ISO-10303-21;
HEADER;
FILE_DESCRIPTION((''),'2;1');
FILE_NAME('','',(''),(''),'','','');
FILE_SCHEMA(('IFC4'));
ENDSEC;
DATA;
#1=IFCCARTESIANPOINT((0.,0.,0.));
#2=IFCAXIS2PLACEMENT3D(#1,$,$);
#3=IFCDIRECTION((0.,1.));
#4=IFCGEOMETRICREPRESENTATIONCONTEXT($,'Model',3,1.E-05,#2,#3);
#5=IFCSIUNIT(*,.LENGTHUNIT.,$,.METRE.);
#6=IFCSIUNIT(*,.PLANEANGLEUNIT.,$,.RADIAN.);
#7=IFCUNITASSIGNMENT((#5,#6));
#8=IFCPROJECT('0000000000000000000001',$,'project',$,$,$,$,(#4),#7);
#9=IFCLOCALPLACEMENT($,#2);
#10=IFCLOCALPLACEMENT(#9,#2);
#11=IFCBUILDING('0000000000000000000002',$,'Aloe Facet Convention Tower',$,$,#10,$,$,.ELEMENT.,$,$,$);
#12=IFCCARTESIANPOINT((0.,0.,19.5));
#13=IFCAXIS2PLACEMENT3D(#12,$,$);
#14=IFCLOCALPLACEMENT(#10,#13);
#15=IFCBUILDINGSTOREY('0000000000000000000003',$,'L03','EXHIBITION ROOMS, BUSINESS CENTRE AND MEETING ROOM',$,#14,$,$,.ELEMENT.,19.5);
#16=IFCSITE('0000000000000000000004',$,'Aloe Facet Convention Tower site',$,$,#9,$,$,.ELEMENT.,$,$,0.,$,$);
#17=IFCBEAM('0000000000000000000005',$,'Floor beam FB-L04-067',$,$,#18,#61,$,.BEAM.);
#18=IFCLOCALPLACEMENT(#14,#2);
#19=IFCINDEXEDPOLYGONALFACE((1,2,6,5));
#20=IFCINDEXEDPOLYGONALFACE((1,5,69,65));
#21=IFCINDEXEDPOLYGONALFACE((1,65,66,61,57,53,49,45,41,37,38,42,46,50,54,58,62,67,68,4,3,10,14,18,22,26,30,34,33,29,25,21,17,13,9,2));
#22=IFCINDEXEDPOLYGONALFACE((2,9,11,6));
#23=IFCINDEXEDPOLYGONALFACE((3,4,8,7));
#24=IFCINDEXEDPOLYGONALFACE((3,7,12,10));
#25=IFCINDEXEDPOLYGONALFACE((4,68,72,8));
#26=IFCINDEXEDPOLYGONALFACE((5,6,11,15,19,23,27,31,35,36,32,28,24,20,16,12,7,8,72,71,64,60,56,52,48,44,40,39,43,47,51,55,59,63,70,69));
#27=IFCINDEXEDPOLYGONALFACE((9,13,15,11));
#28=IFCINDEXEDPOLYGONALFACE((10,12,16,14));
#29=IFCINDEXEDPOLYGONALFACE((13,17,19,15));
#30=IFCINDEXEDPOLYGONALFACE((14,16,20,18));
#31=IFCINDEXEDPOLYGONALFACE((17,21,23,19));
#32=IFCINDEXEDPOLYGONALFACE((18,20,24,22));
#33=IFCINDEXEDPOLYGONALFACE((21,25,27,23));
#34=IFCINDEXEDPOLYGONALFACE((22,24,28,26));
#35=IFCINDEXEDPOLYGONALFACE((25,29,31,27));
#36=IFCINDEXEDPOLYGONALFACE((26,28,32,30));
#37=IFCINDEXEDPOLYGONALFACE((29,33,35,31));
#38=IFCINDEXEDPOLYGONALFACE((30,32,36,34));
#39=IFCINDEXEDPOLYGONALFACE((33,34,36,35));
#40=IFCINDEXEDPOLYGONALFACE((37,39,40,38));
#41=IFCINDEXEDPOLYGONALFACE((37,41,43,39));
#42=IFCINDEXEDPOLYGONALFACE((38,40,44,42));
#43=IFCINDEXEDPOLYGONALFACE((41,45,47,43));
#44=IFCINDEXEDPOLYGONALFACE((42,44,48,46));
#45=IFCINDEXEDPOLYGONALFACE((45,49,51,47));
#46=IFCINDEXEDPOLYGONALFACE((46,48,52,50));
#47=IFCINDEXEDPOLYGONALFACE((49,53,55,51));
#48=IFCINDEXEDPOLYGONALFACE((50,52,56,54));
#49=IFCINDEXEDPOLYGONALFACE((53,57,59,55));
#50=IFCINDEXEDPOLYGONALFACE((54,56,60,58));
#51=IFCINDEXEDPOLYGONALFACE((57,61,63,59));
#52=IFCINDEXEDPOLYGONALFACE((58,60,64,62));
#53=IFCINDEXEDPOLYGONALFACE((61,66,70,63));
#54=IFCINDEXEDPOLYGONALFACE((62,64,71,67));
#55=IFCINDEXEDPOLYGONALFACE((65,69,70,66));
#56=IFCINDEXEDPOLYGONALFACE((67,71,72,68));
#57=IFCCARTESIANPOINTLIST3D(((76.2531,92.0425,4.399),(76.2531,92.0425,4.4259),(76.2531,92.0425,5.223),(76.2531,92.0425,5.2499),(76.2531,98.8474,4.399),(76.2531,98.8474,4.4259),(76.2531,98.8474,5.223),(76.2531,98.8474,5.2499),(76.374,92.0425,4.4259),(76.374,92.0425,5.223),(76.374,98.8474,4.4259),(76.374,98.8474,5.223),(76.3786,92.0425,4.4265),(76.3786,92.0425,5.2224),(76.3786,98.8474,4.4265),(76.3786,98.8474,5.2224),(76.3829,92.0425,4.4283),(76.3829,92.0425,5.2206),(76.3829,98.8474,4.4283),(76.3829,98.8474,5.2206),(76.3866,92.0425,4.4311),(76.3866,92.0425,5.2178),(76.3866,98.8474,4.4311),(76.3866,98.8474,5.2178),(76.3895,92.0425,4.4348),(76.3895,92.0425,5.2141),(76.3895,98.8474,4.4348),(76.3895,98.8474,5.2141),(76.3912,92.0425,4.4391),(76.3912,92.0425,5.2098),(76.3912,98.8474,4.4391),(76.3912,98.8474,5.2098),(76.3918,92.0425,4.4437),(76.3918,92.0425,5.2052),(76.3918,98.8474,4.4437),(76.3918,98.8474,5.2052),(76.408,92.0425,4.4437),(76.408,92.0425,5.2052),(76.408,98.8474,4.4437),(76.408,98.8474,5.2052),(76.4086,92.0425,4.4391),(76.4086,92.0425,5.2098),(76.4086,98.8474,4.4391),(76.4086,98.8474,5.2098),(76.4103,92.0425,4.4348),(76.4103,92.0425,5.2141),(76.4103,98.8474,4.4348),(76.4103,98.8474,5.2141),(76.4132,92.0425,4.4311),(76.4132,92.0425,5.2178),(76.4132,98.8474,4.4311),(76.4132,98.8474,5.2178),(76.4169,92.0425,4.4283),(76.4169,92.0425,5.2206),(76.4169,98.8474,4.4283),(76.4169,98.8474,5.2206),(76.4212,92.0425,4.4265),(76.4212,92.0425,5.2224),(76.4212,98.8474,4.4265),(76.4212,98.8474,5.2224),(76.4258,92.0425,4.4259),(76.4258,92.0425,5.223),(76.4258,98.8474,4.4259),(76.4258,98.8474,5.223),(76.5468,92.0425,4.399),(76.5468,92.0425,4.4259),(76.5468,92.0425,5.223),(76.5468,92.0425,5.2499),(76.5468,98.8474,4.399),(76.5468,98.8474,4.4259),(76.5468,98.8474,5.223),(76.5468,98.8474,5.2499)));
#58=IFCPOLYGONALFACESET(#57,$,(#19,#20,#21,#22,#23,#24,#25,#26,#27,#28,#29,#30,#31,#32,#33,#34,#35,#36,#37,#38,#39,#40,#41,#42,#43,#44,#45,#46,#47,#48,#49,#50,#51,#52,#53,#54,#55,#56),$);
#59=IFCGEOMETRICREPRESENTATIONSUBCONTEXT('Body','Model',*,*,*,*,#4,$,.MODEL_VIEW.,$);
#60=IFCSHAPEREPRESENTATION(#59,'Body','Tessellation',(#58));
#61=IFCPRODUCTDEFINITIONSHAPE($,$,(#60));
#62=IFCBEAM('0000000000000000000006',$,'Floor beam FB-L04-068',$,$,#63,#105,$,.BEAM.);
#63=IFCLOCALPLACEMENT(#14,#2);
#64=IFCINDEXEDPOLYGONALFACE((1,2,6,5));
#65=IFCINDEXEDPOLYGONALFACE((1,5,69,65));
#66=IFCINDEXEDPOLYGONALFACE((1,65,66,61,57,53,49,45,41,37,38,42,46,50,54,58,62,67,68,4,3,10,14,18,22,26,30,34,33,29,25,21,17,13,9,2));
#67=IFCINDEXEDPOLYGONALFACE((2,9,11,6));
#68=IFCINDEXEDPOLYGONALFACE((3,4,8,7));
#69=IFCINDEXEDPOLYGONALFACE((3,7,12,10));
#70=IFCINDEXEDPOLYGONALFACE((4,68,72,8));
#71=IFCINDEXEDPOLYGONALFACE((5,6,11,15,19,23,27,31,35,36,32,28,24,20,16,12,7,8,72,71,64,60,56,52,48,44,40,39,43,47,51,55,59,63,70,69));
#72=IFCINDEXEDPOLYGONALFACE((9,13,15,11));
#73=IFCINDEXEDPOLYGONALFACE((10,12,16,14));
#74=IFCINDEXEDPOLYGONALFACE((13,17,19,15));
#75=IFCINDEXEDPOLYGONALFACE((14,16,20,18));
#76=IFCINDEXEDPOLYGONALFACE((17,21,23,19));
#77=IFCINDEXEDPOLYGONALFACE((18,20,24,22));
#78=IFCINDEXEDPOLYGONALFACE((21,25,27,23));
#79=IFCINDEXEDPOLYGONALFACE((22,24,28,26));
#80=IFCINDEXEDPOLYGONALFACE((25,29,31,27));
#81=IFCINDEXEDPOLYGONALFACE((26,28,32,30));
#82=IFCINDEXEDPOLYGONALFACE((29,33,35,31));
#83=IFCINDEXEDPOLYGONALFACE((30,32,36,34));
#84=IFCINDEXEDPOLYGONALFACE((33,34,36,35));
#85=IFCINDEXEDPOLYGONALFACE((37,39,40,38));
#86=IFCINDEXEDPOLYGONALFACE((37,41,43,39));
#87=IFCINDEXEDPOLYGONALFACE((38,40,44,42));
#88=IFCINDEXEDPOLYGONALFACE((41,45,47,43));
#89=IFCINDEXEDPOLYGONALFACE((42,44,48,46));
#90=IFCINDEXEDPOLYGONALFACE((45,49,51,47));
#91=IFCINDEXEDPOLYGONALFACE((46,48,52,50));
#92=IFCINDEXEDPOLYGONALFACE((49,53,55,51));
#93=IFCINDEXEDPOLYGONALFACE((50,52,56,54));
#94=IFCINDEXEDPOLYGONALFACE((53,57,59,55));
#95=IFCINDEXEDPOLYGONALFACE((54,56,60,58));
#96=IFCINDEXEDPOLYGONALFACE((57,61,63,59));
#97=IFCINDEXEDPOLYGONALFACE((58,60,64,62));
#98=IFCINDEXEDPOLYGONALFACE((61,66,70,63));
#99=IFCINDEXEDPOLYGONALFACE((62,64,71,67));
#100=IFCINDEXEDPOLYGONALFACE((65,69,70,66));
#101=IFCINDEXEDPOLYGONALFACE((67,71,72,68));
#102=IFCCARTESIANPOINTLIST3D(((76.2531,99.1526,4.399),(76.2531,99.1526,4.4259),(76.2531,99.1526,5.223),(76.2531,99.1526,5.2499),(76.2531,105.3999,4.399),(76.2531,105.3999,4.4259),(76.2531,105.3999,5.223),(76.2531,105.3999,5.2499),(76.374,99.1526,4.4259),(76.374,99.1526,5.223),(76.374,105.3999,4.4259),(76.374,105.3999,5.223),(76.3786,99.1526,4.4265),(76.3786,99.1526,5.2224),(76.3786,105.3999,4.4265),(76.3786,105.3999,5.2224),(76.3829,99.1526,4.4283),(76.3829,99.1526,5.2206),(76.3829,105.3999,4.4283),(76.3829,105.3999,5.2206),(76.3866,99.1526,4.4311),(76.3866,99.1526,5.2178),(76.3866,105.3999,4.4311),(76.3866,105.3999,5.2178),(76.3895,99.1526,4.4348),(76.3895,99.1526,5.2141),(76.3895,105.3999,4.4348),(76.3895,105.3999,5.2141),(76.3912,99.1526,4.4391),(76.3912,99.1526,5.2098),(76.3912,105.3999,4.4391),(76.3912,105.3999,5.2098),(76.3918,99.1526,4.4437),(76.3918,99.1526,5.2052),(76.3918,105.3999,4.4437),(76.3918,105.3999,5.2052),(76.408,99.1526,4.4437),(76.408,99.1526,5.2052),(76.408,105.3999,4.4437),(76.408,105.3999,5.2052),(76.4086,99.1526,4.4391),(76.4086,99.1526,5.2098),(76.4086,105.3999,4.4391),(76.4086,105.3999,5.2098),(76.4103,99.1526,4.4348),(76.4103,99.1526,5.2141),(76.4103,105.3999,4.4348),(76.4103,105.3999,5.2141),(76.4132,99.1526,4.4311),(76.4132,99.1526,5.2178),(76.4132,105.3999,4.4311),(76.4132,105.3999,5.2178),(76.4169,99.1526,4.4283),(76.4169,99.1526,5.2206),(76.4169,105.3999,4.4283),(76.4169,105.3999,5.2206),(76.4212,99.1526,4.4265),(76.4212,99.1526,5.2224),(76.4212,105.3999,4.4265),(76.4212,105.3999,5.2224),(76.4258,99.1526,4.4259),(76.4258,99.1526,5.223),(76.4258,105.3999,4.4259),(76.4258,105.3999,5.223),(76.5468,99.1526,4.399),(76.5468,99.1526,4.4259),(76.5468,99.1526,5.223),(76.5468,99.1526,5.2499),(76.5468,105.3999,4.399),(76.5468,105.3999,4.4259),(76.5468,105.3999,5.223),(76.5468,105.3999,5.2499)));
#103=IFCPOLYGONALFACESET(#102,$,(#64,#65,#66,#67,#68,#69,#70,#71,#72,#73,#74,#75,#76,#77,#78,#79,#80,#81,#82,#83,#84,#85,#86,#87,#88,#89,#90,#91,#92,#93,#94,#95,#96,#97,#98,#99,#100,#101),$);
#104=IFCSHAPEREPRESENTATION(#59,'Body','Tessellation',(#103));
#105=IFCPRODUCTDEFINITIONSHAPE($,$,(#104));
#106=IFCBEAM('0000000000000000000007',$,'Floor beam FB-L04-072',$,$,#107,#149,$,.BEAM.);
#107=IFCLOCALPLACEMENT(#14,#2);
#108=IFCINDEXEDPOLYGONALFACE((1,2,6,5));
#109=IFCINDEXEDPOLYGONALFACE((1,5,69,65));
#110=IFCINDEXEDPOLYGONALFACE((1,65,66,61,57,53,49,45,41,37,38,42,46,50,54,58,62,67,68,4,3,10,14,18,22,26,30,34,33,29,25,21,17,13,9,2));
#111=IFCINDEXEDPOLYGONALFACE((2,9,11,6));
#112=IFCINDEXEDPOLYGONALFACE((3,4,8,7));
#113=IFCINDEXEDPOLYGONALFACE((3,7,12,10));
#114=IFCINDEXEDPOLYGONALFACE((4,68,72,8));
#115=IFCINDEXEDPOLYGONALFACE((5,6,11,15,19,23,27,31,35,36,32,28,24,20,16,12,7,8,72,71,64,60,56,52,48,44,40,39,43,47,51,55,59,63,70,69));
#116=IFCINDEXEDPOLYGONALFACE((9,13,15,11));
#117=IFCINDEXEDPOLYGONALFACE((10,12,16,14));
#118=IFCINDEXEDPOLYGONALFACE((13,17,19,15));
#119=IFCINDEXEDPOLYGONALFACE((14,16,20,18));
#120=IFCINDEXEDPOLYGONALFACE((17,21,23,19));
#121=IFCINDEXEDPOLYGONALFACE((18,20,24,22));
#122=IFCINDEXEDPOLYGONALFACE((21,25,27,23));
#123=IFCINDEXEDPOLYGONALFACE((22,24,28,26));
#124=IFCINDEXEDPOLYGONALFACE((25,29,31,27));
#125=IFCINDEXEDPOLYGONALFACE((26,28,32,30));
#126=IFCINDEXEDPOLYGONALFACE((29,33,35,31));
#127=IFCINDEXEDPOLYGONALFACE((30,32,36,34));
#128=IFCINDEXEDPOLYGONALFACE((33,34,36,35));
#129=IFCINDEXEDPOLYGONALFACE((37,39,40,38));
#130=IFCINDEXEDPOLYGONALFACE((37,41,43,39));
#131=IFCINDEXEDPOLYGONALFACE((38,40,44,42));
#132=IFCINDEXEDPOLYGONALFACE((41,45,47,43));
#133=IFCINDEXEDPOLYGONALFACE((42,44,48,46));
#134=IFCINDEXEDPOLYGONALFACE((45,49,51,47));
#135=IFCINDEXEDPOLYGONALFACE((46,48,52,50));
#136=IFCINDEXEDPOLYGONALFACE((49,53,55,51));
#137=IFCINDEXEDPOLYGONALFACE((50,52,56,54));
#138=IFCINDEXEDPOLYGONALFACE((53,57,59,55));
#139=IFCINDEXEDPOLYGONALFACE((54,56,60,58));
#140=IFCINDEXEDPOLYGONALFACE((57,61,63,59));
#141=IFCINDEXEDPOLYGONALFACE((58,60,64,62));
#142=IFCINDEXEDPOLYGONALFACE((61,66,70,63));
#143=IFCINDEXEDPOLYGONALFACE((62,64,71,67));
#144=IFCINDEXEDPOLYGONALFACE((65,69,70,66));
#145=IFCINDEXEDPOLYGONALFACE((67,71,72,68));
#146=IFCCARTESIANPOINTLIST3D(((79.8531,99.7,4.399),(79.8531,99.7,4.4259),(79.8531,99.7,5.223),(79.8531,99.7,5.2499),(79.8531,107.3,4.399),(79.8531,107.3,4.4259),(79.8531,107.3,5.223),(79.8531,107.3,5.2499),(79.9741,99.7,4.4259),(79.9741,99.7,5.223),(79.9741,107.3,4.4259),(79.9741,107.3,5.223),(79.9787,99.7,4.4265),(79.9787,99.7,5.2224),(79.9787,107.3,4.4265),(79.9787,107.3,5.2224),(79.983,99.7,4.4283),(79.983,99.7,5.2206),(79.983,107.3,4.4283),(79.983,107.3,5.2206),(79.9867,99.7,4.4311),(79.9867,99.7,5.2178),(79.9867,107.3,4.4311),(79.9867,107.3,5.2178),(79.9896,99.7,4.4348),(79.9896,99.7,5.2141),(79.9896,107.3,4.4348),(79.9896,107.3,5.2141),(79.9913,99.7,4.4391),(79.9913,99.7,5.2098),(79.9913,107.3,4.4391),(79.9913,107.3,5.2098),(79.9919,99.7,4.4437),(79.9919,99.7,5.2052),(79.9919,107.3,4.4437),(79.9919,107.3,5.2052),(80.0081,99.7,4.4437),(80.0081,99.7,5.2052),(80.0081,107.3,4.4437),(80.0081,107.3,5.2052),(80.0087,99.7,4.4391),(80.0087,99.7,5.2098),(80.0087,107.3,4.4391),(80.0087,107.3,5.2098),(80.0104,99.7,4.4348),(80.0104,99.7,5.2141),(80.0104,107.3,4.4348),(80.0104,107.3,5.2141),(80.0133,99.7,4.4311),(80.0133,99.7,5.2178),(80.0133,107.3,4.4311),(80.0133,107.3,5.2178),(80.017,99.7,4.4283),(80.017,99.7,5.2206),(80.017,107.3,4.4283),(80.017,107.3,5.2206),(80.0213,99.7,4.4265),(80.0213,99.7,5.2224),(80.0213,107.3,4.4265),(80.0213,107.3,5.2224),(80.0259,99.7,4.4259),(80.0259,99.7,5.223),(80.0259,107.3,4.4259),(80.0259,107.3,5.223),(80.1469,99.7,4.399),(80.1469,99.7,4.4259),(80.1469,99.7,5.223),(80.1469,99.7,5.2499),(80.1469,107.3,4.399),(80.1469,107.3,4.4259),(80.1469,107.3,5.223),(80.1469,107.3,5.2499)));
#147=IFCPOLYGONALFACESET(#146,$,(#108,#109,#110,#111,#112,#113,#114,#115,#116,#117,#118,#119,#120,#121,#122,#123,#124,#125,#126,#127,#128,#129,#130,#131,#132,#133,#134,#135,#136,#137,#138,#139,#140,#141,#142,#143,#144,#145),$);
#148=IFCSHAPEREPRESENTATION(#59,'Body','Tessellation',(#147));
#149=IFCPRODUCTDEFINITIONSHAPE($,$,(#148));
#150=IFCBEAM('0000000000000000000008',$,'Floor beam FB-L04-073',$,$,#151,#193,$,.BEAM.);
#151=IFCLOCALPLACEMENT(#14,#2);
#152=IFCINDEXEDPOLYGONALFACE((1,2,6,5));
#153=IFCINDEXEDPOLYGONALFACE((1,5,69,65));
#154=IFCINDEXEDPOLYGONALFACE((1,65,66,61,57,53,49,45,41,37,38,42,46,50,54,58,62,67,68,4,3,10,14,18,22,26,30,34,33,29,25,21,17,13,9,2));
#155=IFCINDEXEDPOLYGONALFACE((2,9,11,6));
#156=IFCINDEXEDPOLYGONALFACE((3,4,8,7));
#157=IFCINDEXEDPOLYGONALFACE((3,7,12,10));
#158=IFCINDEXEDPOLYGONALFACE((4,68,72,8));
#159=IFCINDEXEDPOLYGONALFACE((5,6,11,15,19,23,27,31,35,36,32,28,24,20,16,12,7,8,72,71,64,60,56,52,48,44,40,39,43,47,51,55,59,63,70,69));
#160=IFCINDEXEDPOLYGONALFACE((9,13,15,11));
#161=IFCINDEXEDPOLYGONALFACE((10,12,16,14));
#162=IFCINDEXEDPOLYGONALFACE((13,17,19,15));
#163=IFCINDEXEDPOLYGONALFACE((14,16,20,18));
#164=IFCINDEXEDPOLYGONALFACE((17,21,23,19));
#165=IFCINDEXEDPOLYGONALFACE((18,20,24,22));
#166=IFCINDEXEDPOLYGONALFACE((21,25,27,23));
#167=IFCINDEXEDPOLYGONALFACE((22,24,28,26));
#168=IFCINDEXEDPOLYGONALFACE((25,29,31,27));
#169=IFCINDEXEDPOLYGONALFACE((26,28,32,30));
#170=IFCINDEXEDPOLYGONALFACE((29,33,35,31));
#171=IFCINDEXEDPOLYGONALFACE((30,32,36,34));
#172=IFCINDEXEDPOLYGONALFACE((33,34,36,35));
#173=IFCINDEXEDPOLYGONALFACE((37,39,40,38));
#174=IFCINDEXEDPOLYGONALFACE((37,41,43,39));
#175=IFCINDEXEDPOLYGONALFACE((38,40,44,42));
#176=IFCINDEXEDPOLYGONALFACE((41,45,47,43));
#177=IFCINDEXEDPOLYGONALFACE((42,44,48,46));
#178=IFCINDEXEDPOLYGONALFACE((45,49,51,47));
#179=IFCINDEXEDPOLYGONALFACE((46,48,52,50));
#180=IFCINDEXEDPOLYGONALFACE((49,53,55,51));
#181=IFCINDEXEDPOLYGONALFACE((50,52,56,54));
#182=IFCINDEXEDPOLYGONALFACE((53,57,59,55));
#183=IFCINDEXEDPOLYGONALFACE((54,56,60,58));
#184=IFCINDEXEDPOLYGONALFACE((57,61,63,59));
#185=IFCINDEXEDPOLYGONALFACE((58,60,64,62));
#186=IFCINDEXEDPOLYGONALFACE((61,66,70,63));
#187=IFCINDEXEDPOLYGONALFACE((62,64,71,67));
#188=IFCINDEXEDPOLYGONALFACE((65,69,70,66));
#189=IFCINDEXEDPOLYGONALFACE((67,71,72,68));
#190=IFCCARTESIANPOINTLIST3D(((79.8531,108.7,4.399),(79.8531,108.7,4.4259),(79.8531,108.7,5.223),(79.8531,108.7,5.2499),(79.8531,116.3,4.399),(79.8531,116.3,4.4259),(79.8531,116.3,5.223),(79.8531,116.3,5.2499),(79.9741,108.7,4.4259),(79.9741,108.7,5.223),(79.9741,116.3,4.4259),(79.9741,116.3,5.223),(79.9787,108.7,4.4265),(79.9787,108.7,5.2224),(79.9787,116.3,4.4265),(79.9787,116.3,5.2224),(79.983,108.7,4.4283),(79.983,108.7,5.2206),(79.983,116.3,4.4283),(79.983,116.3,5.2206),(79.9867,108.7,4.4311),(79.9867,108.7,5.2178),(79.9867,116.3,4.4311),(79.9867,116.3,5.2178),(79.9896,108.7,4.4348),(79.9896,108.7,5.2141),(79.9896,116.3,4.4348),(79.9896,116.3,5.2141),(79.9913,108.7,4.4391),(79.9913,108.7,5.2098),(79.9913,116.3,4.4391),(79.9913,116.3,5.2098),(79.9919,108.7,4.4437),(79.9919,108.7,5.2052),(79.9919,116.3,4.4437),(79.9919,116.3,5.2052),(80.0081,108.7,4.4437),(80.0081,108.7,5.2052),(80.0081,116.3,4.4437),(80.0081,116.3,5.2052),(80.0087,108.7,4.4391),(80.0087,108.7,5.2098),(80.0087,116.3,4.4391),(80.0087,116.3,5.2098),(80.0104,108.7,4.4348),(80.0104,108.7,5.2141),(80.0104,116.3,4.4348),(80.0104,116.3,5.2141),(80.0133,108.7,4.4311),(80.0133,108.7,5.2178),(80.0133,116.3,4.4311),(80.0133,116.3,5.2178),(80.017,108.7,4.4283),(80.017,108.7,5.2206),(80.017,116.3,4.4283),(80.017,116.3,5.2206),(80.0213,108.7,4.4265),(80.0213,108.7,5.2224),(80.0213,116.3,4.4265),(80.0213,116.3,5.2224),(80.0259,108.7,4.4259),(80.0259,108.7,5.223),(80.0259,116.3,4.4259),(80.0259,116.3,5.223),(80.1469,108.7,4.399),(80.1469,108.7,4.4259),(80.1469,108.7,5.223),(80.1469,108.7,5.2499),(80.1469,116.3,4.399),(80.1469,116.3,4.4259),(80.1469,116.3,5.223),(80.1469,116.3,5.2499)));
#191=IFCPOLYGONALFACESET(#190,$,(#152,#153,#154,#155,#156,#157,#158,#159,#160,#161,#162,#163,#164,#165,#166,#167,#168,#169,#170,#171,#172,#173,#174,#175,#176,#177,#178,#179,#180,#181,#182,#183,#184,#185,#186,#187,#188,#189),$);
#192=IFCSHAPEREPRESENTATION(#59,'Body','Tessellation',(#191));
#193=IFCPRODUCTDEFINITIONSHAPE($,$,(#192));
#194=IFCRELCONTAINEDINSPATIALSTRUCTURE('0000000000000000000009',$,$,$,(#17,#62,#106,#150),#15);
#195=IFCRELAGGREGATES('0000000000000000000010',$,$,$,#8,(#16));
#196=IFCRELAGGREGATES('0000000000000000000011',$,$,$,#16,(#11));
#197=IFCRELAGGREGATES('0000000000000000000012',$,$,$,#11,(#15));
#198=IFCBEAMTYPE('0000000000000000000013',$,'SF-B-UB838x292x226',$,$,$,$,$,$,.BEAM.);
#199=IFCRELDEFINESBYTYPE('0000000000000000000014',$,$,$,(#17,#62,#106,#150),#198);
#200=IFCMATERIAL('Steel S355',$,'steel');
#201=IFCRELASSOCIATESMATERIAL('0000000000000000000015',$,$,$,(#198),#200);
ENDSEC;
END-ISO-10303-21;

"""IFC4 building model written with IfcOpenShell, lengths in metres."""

from ifc_helpers import new_model, si_unit, direction, frame, origin, origin_2d, place, context, subcontext, project, spatial, i_section, extrude, material, material_profile, profile_set, type_object, element, save


model = new_model("IFC4")

# Units and contexts
model_context = context("Model", 3, precision=1e-05, world=origin(), true_north=direction((0.0, 1.0)))
body_context = subcontext(model_context, "Body", "Model", "MODEL_VIEW")
ifc_project = project(units=[si_unit("LENGTHUNIT", "METRE"), si_unit("PLANEANGLEUNIT", "RADIAN")], contexts=[model_context])

# Site, building, storey
site_placement = place(None, origin())
site = spatial("IfcSite", under=ifc_project, at=site_placement, Name="Aloe Facet Convention Tower site", CompositionType="ELEMENT", RefElevation=0.0)
building_placement = place(site_placement, origin())
building = spatial("IfcBuilding", under=site, at=building_placement, Name="Aloe Facet Convention Tower", CompositionType="ELEMENT")
storey_placement = place(building_placement, frame((0.0, 0.0, 19.5)))
storey = spatial("IfcBuildingStorey", under=building, at=storey_placement, Name="L03", Description="EXHIBITION ROOMS, BUSINESS CENTRE AND MEETING ROOM", CompositionType="ELEMENT", Elevation=19.5)

# Beams
ifc_material_1 = material(Name="Steel S355", Category="steel")
ifc_material_profile_1 = material_profile(ifc_material_1, i_section(OverallWidth=0.2937, OverallDepth=0.8508, WebThickness=0.0161, FlangeThickness=0.0269, FilletRadius=0.0178, at=origin_2d()), Name="UB 838x292x226")
ifc_profile_set_1 = profile_set([ifc_material_profile_1], Name="Steel S355")
beam_type_1 = type_object("IfcBeamType", Name="SF-B-UB838x292x226", PredefinedType="BEAM", material=ifc_profile_set_1)
beam_1_placement = place(storey_placement, frame((76.3999, 92.0425, 4.8245), z_axis=(0.0, 1.0, 0.0), x_axis=(-1.0, 0.0, 0.0)))
element("IfcBeam", 1, at=beam_1_placement, inside=storey, type_object=beam_type_1, Name="Floor beam FB-L04-067", PredefinedType="BEAM", context=body_context, shape_type="SweptSolid", body=[
    extrude(i_section(OverallWidth=0.2937, OverallDepth=0.8508, WebThickness=0.0161, FlangeThickness=0.0269, FilletRadius=0.0178, at=origin_2d()), origin(), (0.0, 0.0, 1.0), 6.8049),
])
beam_2_placement = place(storey_placement, frame((76.3999, 99.1526, 4.8245), z_axis=(0.0, 1.0, 0.0), x_axis=(-1.0, 0.0, 0.0)))
element("IfcBeam", 2, at=beam_2_placement, inside=storey, type_object=beam_type_1, Name="Floor beam FB-L04-068", PredefinedType="BEAM", context=body_context, shape_type="SweptSolid", body=[
    extrude(i_section(OverallWidth=0.2937, OverallDepth=0.8508, WebThickness=0.0161, FlangeThickness=0.0269, FilletRadius=0.0178, at=origin_2d()), origin(), (0.0, 0.0, 1.0), 6.2473),
])
for number, where, z_axis, x_axis, name in (
    (3, (80.0, 99.7, 4.8245), (0.0, 1.0, 0.0), (-1.0, 0.0, 0.0), "Floor beam FB-L04-072"),
    (4, (80.0, 108.7, 4.8245), (0.0, 1.0, 0.0), (-1.0, 0.0, 0.0), "Floor beam FB-L04-073"),
):
    element("IfcBeam", number, at=place(storey_placement, frame(where, z_axis=z_axis, x_axis=x_axis)), inside=storey, type_object=beam_type_1, Name=name, PredefinedType="BEAM", context=body_context, shape_type="SweptSolid", body=[
        extrude(i_section(OverallWidth=0.2937, OverallDepth=0.8508, WebThickness=0.0161, FlangeThickness=0.0269, FilletRadius=0.0178, at=origin_2d()), origin(), (0.0, 0.0, 1.0), 7.6001),
    ])

save(model, "model.ifc")
